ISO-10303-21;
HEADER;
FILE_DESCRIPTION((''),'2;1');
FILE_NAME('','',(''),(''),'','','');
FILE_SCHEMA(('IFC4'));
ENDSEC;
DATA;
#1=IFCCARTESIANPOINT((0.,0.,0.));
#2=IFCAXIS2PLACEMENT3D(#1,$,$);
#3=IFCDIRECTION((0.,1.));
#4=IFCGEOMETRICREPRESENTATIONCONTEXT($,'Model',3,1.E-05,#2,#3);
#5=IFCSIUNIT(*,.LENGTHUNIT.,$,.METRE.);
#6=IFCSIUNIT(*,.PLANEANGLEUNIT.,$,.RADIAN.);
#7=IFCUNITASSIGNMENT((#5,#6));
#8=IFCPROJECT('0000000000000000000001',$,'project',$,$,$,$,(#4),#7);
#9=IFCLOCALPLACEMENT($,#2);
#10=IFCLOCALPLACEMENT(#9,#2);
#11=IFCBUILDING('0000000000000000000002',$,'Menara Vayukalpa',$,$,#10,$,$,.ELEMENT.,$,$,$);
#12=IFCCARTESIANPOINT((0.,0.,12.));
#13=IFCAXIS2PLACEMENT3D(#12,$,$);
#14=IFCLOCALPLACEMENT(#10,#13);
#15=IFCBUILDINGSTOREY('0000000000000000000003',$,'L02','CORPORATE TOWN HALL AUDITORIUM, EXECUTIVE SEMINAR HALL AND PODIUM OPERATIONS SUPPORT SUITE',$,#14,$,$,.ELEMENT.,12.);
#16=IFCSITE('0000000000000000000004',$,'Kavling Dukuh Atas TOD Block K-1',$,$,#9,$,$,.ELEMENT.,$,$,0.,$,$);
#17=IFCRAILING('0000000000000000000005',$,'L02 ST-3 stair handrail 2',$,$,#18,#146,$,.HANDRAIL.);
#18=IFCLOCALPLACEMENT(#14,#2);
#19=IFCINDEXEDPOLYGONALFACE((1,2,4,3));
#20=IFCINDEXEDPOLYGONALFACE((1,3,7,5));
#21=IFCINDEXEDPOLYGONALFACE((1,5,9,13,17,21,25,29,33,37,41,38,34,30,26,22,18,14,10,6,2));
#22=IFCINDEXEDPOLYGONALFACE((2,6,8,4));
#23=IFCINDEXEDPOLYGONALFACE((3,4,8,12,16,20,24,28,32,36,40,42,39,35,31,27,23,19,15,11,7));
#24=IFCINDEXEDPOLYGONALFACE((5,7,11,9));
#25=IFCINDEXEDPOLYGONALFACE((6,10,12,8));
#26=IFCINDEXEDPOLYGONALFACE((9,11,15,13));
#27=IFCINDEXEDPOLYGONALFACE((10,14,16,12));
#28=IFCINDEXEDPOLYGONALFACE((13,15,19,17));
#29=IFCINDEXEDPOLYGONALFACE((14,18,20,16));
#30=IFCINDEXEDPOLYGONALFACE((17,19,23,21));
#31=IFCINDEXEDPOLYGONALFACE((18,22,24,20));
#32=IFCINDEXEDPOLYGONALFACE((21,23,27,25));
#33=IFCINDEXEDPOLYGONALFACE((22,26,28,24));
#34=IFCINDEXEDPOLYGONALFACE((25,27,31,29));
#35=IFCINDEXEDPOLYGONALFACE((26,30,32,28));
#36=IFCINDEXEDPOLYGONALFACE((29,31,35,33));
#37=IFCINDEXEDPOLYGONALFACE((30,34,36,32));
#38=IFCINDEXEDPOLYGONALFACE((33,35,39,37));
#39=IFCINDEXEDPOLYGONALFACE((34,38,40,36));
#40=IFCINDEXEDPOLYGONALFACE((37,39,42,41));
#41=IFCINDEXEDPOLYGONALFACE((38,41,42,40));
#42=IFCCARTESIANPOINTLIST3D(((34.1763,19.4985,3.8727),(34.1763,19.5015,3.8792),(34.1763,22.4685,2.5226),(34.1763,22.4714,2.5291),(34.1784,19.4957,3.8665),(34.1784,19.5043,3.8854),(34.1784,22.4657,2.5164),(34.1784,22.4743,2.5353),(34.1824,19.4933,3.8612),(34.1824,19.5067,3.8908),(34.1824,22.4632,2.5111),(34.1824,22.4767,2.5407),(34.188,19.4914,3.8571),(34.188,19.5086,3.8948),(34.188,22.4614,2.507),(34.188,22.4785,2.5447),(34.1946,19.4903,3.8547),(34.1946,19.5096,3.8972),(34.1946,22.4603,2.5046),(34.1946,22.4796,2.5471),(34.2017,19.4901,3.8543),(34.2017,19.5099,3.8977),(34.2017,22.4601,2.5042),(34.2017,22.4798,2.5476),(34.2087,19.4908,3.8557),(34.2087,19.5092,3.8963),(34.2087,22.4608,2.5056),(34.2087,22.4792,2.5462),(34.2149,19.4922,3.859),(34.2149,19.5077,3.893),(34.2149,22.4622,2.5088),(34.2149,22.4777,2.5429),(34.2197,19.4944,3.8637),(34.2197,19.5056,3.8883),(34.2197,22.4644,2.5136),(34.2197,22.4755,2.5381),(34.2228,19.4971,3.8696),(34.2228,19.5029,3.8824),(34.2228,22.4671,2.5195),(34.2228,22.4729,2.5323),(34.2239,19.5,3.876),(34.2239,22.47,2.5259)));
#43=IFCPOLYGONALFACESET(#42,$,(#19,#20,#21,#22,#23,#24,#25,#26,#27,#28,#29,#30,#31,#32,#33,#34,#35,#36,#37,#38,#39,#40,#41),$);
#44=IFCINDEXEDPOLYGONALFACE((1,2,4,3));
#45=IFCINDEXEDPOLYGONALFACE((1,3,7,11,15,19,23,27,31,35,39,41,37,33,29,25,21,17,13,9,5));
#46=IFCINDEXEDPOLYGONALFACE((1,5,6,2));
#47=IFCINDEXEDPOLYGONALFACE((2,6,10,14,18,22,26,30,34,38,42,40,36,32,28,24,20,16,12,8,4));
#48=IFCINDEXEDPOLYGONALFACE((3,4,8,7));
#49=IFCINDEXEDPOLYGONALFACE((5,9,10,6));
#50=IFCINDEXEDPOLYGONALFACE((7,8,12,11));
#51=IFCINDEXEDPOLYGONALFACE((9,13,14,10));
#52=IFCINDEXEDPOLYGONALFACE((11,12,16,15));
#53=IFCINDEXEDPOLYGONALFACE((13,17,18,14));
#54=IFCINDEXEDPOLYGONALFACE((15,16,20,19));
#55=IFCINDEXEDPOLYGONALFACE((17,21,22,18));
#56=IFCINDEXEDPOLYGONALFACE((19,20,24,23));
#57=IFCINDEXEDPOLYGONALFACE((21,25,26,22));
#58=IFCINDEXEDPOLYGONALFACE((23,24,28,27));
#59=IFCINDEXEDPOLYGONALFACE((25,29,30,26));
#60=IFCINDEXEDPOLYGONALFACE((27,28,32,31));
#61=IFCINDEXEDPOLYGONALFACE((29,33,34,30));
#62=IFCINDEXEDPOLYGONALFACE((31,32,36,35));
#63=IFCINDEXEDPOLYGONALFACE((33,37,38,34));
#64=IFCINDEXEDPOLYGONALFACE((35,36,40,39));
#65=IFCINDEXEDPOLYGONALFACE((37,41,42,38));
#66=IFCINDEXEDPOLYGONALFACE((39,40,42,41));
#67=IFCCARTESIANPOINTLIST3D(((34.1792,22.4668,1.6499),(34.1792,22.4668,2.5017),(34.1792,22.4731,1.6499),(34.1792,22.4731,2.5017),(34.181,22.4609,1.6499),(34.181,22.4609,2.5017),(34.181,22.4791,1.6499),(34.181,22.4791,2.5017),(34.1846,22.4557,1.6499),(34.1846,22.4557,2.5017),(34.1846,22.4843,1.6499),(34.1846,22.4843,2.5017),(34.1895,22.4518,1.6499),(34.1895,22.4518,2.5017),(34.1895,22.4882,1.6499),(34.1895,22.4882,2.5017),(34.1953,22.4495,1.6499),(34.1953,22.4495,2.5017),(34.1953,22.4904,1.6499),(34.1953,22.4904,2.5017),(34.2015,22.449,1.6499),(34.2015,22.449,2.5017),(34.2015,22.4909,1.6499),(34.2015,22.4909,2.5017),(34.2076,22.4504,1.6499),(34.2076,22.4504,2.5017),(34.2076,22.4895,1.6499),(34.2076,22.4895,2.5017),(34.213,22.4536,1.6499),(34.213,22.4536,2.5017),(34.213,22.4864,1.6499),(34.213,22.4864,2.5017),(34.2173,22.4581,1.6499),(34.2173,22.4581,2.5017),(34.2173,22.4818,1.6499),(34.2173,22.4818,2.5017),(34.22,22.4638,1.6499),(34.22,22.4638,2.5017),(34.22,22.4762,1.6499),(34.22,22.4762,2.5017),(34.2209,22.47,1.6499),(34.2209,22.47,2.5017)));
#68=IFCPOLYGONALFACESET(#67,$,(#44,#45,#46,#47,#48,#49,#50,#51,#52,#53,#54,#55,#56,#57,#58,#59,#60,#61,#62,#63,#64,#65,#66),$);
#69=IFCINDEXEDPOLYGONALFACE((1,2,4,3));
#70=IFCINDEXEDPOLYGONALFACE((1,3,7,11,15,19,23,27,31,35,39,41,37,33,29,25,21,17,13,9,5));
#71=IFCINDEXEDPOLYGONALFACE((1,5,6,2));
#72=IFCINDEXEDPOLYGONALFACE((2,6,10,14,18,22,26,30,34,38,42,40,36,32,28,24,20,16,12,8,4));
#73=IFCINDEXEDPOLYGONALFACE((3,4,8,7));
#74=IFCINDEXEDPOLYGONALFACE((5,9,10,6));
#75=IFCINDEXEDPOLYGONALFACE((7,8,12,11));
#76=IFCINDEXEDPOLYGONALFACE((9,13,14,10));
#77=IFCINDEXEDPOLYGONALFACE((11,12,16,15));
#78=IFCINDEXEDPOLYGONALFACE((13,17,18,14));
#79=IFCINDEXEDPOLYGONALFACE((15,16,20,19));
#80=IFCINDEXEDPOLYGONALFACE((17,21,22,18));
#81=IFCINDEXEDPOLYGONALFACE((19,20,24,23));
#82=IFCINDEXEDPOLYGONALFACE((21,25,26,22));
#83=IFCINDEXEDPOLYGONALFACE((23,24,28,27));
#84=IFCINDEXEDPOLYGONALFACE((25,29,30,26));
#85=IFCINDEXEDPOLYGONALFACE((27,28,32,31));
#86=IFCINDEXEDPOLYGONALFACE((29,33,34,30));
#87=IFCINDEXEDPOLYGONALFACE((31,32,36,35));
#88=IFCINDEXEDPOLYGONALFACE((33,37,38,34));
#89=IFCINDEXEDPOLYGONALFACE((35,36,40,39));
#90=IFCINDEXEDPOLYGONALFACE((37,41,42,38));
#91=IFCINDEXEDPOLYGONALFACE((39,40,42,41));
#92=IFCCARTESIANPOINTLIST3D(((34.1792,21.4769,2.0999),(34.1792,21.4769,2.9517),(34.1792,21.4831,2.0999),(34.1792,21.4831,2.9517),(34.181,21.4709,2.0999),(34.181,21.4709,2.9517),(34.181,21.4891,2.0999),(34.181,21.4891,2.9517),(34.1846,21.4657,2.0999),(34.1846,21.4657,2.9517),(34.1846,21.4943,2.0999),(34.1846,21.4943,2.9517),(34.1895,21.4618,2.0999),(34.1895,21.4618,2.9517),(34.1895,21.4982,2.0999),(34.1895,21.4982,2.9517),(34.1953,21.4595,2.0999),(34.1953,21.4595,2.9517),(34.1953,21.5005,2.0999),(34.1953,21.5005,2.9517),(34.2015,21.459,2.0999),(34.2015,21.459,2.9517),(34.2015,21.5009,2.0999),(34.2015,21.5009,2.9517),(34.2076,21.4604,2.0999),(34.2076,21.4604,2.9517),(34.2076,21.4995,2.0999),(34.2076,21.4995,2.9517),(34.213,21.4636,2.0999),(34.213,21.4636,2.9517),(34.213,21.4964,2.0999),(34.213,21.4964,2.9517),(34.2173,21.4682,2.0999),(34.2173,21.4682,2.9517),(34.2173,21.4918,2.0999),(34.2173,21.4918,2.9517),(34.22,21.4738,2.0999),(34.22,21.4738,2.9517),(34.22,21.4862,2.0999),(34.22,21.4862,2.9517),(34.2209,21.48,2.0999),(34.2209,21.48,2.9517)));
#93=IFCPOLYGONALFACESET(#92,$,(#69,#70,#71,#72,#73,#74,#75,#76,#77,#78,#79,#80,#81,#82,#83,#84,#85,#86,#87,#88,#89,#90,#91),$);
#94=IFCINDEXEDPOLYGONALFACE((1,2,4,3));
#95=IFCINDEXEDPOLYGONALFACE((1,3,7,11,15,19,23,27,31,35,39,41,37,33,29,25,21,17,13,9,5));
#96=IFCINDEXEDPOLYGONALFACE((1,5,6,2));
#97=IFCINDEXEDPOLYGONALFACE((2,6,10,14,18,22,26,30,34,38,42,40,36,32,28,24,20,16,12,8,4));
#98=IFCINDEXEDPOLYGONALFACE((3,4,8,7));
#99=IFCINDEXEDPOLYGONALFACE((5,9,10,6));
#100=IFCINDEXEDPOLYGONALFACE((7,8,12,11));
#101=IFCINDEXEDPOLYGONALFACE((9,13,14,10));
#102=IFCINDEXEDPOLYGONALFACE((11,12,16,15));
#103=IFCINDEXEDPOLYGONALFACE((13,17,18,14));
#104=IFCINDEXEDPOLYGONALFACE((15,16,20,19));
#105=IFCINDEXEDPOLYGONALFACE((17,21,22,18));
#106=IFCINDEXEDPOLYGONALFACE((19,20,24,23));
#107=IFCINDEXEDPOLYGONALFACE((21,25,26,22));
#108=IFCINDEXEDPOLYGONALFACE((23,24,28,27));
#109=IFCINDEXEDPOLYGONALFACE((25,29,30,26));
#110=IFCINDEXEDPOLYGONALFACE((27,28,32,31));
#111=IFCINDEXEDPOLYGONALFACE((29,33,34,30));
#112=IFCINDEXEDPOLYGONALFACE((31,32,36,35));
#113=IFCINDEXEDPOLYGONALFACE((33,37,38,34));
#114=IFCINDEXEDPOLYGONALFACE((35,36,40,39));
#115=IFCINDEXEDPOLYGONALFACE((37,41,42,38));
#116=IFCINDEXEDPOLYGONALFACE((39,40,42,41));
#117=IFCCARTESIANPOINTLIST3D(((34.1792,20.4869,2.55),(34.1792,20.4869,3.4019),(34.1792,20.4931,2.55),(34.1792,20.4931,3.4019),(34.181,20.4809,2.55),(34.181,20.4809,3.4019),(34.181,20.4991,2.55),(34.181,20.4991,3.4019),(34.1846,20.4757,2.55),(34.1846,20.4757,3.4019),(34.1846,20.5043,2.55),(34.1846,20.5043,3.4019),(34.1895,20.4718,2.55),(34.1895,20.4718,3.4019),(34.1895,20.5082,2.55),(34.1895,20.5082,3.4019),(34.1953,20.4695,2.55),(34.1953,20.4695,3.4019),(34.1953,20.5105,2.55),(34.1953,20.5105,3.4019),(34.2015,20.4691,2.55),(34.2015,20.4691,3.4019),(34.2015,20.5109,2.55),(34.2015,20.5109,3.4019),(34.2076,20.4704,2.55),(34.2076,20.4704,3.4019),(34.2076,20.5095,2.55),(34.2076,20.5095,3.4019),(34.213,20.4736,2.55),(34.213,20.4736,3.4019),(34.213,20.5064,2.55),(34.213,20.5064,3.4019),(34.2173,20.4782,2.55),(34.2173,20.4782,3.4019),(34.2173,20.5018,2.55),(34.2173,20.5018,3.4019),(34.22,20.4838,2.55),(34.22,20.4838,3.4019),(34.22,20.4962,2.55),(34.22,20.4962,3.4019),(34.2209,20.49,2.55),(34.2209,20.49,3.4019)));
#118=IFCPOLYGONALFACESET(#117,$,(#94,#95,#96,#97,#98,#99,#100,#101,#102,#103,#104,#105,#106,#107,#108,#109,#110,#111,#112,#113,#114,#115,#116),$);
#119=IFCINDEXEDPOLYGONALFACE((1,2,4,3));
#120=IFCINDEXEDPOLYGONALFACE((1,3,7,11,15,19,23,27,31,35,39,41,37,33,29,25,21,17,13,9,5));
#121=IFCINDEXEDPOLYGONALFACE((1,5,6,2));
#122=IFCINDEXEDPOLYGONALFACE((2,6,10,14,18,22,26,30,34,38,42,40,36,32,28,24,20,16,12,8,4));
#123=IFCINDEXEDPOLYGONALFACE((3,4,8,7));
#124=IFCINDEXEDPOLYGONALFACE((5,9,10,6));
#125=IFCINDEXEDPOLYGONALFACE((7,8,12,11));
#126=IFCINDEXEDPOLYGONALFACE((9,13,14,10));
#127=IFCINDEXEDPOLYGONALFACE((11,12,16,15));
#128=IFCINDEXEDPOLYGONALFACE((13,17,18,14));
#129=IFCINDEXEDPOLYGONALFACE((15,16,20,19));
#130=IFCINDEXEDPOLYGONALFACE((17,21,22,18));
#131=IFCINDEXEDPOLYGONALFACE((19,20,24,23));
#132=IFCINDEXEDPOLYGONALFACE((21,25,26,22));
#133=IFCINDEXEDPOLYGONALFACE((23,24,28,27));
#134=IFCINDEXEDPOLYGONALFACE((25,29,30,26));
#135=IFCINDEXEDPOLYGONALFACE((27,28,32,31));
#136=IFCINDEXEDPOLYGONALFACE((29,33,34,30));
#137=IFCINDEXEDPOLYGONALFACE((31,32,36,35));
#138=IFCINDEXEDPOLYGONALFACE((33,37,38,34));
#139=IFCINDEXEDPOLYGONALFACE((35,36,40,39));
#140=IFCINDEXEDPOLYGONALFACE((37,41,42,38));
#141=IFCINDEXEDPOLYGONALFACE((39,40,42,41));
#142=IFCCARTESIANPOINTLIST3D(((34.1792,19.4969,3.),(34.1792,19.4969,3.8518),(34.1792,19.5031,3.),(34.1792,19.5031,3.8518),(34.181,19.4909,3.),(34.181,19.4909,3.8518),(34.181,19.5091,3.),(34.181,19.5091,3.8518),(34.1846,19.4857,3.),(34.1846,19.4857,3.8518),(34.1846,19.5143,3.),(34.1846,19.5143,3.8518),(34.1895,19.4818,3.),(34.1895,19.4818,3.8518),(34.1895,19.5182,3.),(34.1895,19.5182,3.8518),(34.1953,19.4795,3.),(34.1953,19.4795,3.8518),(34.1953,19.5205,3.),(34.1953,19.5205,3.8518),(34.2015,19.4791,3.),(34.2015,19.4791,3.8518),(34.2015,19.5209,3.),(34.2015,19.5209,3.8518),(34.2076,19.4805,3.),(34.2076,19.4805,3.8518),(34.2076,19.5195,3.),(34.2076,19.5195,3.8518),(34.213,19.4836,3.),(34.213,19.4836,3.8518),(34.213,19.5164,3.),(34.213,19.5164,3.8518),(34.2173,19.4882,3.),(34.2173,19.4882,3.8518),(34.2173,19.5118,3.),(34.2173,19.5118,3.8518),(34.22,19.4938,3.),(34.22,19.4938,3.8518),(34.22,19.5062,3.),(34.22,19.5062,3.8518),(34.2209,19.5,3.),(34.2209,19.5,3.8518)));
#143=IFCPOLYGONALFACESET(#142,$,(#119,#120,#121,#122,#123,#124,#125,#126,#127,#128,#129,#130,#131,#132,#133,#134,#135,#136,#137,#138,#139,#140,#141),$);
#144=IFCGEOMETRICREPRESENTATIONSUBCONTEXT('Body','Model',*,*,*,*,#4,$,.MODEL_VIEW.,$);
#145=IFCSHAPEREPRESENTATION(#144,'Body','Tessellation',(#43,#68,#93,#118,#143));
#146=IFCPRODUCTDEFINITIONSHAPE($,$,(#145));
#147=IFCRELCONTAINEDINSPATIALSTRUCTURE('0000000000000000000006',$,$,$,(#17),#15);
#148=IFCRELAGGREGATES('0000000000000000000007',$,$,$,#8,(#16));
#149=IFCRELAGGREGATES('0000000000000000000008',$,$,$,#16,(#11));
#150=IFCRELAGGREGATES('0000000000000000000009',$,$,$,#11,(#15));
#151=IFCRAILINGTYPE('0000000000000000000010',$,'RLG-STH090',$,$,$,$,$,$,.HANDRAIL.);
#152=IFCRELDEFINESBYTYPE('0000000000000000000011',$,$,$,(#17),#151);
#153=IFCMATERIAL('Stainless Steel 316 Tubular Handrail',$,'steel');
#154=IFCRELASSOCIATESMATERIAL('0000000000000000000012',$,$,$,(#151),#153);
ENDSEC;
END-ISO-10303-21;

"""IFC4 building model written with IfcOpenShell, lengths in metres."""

from ifc_helpers import new_model, si_unit, direction, frame, origin, origin_2d, place, context, subcontext, project, spatial, circle, extrude, material, type_object, element, save


model = new_model("IFC4")

# Units and contexts
model_context = context("Model", 3, precision=1e-05, world=origin(), true_north=direction((0.0, 1.0)))
body_context = subcontext(model_context, "Body", "Model", "MODEL_VIEW")
ifc_project = project(units=[si_unit("LENGTHUNIT", "METRE"), si_unit("PLANEANGLEUNIT", "RADIAN")], contexts=[model_context])

# Site, building, storey
site_placement = place(None, origin())
site = spatial("IfcSite", under=ifc_project, at=site_placement, Name="Kavling Dukuh Atas TOD Block K-1", CompositionType="ELEMENT", RefElevation=0.0)
building_placement = place(site_placement, origin())
building = spatial("IfcBuilding", under=site, at=building_placement, Name="Menara Vayukalpa", CompositionType="ELEMENT")
storey_placement = place(building_placement, frame((0.0, 0.0, 12.0)))
storey = spatial("IfcBuildingStorey", under=building, at=storey_placement, Name="L02", Description="CORPORATE TOWN HALL AUDITORIUM, EXECUTIVE SEMINAR HALL AND PODIUM OPERATIONS SUPPORT SUITE", CompositionType="ELEMENT", Elevation=12.0)

# Railing
ifc_material_1 = material(Name="Stainless Steel 316 Tubular Handrail", Category="steel")
railing_type_1 = type_object("IfcRailingType", Name="RLG-STH090", PredefinedType="HANDRAIL", material=ifc_material_1)
for number, where, name in (
    (1, (34.2, 22.47, 1.6499), "L02 ST-3 stair handrail 2"),
):
    element("IfcRailing", number, at=place(storey_placement, frame(where)), inside=storey, type_object=railing_type_1, Name=name, PredefinedType="HANDRAIL", context=body_context, shape_type="SweptSolid", body=[
        extrude(circle(Radius=0.0239, at=origin_2d()), frame((0.0, 0.0, 0.876), z_axis=(0.0, -0.910354, 0.413831), x_axis=(1.0, 0.0, 0.0)), (0.0, 0.0, 1.0), 3.2625),
        extrude(circle(Radius=0.021, at=origin_2d()), origin(), (0.0, 0.0, 1.0), 0.8518),
        extrude(circle(Radius=0.021, at=origin_2d()), frame((0.0, -0.99, 0.45)), (0.0, 0.0, 1.0), 0.8518),
        extrude(circle(Radius=0.021, at=origin_2d()), frame((0.0, -1.98, 0.9001)), (0.0, 0.0, 1.0), 0.8518),
        extrude(circle(Radius=0.021, at=origin_2d()), frame((0.0, -2.97, 1.3501)), (0.0, 0.0, 1.0), 0.8518),
    ])

save(model, "model.ifc")
